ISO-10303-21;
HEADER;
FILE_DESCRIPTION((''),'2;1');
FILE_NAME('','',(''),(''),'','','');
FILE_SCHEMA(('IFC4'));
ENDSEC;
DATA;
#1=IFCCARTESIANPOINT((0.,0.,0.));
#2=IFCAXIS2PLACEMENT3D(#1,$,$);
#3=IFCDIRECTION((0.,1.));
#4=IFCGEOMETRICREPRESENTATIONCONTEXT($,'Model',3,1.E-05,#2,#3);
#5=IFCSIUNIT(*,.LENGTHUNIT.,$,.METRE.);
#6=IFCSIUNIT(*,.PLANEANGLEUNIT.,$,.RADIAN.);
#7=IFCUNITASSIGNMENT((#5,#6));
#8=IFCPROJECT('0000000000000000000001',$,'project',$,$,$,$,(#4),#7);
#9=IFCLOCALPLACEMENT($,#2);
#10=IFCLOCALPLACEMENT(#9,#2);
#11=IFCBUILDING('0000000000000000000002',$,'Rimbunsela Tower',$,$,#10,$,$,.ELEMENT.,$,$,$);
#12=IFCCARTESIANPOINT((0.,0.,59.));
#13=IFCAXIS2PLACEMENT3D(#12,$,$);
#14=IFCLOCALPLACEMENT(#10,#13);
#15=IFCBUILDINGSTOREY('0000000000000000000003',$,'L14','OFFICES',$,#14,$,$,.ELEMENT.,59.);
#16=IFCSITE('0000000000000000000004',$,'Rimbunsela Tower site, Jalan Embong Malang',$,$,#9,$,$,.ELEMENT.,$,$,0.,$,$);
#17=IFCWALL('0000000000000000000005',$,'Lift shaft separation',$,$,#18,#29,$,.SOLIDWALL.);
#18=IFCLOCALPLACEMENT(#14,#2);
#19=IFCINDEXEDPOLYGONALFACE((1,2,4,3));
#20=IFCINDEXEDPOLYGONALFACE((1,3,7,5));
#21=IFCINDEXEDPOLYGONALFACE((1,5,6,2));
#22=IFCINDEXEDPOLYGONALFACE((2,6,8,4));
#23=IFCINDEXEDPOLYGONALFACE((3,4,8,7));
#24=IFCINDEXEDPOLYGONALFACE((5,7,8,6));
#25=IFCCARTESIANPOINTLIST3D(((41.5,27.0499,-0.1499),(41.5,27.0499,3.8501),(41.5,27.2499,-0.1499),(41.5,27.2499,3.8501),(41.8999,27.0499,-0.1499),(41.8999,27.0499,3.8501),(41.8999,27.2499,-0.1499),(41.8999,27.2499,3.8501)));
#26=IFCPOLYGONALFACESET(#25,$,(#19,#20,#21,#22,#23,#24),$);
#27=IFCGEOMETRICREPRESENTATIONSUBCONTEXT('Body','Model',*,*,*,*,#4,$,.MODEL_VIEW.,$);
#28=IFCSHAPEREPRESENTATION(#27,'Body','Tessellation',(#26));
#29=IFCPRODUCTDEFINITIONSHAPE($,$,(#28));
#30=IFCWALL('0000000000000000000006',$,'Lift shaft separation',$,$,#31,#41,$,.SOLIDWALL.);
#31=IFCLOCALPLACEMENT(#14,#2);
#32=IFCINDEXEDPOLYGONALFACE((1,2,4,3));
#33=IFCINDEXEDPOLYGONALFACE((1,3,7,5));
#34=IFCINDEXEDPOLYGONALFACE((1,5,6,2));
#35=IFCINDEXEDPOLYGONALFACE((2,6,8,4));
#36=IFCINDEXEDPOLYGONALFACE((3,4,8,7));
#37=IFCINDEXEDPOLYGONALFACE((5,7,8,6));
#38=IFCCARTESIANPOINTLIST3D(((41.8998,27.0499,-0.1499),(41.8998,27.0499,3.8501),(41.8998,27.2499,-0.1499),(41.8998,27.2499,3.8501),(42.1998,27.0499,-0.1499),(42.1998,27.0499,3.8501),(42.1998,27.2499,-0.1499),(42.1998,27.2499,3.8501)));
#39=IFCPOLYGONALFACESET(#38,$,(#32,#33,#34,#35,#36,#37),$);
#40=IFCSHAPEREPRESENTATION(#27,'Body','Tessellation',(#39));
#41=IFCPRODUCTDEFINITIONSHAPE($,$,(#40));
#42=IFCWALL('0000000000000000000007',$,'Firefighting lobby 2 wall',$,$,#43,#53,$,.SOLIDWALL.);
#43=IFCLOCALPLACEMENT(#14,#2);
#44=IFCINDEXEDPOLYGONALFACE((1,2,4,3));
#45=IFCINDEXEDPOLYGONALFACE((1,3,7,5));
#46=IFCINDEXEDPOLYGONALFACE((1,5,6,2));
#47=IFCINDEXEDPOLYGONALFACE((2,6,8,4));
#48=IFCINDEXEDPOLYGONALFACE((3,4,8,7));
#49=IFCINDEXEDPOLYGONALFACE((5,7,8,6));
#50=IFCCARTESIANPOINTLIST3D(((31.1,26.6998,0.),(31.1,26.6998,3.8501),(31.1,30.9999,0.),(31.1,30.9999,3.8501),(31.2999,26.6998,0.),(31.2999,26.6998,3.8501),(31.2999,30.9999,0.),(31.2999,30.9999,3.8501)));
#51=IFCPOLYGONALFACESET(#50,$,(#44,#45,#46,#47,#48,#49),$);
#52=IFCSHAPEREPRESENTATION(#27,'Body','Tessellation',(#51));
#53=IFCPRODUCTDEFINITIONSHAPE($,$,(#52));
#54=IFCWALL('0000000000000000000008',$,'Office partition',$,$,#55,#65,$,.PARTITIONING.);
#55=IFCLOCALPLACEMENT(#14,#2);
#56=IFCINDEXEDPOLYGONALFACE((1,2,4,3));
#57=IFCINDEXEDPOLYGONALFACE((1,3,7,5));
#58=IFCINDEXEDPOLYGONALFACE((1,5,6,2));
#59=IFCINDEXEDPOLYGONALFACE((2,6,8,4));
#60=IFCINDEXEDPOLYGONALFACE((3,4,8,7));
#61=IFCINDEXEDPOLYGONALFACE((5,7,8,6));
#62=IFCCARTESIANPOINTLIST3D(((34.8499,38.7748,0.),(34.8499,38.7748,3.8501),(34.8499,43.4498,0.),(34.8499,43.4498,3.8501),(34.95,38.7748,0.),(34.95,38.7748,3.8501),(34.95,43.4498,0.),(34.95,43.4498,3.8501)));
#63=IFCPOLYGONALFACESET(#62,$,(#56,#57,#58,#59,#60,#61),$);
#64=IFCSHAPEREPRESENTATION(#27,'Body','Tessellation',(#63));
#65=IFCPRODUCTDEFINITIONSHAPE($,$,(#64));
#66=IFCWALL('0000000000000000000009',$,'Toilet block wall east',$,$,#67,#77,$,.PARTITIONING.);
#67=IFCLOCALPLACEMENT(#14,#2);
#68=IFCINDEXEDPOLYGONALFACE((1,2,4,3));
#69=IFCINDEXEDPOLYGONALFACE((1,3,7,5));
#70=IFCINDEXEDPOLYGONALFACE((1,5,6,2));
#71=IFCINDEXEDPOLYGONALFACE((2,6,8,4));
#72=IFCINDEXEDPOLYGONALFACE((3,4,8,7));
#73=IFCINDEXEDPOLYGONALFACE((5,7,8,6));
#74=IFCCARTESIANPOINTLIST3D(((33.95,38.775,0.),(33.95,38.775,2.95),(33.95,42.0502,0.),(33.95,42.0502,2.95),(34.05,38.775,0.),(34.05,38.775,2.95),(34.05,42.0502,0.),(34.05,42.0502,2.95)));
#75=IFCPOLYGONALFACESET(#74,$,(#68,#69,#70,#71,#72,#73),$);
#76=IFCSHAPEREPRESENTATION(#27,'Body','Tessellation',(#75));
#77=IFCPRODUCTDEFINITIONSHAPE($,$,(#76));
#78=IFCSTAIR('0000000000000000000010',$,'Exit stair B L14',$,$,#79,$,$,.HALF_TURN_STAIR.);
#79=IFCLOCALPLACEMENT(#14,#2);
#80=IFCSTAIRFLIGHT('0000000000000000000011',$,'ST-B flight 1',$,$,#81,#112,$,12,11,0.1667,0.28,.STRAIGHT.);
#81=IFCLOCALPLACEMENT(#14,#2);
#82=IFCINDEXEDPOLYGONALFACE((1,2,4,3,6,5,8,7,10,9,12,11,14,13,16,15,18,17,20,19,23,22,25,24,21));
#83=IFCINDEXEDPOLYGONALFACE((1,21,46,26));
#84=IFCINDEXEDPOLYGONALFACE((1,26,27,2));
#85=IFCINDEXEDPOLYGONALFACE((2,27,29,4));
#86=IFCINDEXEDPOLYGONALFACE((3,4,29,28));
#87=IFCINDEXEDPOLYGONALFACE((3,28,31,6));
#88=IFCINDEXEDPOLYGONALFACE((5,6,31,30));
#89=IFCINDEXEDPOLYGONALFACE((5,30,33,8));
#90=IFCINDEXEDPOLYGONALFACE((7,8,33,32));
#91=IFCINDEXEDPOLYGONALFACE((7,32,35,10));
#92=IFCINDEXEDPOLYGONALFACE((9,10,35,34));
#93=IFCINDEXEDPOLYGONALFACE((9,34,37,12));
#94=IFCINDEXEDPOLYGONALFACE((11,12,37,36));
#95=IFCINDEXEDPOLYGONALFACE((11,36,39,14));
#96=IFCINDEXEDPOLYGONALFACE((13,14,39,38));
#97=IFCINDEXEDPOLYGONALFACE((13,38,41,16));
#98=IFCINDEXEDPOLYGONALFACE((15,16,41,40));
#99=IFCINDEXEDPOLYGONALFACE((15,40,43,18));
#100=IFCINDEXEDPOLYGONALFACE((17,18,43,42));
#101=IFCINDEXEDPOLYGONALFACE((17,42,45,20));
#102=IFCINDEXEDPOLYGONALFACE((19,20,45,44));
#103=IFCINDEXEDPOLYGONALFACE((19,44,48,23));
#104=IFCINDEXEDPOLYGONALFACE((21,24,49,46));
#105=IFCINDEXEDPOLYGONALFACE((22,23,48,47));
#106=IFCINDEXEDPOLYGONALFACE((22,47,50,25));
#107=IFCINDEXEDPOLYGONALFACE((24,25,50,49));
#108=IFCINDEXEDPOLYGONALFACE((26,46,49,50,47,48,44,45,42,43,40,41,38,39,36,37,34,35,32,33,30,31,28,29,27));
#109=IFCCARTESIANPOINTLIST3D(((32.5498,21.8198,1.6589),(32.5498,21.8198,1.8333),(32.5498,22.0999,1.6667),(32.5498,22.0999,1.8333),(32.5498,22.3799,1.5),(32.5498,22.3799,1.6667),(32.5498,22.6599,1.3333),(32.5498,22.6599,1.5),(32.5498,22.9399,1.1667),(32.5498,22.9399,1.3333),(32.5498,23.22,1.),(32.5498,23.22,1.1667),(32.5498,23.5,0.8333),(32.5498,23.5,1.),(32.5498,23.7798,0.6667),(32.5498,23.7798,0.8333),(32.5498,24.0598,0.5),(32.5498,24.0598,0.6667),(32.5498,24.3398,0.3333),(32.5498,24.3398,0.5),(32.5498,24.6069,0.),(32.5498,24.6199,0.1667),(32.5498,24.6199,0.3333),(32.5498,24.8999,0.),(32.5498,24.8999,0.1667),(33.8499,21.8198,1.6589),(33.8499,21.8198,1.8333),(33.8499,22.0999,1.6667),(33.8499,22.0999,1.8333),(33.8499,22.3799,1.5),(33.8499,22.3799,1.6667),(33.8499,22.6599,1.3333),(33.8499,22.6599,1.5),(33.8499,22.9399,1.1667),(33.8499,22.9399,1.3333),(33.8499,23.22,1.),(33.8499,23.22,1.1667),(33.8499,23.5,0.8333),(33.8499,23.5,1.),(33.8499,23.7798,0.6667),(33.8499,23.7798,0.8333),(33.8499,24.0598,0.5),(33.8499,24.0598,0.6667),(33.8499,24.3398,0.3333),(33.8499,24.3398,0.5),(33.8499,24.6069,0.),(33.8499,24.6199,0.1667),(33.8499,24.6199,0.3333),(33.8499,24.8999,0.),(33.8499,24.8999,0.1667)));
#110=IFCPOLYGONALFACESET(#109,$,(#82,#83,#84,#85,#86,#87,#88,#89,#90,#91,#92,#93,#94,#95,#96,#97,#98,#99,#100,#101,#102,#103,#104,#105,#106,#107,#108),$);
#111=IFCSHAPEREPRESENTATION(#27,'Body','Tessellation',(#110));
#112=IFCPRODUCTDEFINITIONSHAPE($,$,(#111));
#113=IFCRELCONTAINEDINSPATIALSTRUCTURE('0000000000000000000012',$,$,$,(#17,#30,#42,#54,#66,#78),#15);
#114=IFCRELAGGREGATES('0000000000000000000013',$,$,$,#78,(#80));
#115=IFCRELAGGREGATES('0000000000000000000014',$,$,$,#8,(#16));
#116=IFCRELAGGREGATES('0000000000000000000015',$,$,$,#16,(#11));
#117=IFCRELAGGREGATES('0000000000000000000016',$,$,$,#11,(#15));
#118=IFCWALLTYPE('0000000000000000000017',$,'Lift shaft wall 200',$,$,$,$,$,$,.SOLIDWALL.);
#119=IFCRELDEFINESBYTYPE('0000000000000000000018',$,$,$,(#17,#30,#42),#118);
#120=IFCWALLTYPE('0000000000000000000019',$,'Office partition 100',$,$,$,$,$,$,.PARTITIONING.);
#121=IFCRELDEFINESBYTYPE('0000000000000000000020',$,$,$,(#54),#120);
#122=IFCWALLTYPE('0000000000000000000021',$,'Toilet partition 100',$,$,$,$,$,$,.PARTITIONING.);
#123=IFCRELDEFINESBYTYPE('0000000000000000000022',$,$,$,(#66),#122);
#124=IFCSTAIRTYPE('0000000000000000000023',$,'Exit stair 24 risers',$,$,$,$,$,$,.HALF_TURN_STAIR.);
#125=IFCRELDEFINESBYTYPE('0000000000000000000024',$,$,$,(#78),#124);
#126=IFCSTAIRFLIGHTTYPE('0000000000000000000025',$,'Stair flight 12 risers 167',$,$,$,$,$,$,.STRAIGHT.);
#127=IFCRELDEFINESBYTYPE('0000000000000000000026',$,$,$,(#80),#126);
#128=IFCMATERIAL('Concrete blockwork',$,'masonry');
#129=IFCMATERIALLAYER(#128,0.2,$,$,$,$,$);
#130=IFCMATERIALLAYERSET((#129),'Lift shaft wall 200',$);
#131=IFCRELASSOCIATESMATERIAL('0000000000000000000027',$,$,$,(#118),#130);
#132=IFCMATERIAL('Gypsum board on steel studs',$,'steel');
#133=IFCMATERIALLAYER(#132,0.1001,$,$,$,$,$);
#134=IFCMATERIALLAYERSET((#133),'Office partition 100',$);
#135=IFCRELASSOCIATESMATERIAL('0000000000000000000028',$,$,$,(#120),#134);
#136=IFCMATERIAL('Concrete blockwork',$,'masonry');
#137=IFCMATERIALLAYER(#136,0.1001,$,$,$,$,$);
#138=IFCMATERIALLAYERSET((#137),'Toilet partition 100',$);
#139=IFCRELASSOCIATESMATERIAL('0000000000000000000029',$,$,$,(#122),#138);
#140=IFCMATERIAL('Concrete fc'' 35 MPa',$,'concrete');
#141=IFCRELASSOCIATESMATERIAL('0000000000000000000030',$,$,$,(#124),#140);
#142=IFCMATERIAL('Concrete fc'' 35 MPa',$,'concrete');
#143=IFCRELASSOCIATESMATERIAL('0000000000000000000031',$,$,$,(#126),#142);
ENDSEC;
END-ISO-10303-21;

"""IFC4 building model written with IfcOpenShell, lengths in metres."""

from ifc_helpers import new_model, si_unit, direction, frame, frame_2d, origin, place, context, subcontext, project, spatial, polyline, rectangle, outline, extrude, material, layer, layer_set, type_object, element, aggregate, save


model = new_model("IFC4")

# Units and contexts
model_context = context("Model", 3, precision=1e-05, world=origin(), true_north=direction((0.0, 1.0)))
body_context = subcontext(model_context, "Body", "Model", "MODEL_VIEW")
ifc_project = project(units=[si_unit("LENGTHUNIT", "METRE"), si_unit("PLANEANGLEUNIT", "RADIAN")], contexts=[model_context])

# Site, building, storey
site_placement = place(None, origin())
site = spatial("IfcSite", under=ifc_project, at=site_placement, Name="Rimbunsela Tower site, Jalan Embong Malang", CompositionType="ELEMENT", RefElevation=0.0)
building_placement = place(site_placement, origin())
building = spatial("IfcBuilding", under=site, at=building_placement, Name="Rimbunsela Tower", CompositionType="ELEMENT")
storey_placement = place(building_placement, frame((0.0, 0.0, 59.0)))
storey = spatial("IfcBuildingStorey", under=building, at=storey_placement, Name="L14", Description="OFFICES", CompositionType="ELEMENT", Elevation=59.0)

# Walls
ifc_material_1 = material(Name="Concrete blockwork", Category="masonry")
ifc_layer_1 = layer(ifc_material_1, 0.2)
ifc_layer_set_1 = layer_set([ifc_layer_1], Name="Lift shaft wall 200")
wall_type_1 = type_object("IfcWallType", Name="Lift shaft wall 200", PredefinedType="SOLIDWALL", material=ifc_layer_set_1)
wall_1_placement = place(storey_placement, frame((41.5, 27.1499, -0.1499), z_axis=(0.0, 0.0, 1.0), x_axis=(1.0, 0.0, 0.0)))
element("IfcWall", 1, at=wall_1_placement, inside=storey, type_object=wall_type_1, Name="Lift shaft separation", PredefinedType="SOLIDWALL", context=body_context, shape_type="SweptSolid", body=[
    extrude(rectangle(XDim=0.3999, YDim=0.2, at=frame_2d((0.2, 0.0))), origin(), (0.0, 0.0, 1.0), 4.0),
])
wall_2_placement = place(storey_placement, frame((41.8999, 27.1499, -0.1499), z_axis=(0.0, 0.0, 1.0), x_axis=(1.0, 0.0, 0.0)))
element("IfcWall", 2, at=wall_2_placement, inside=storey, type_object=wall_type_1, Name="Lift shaft separation", PredefinedType="SOLIDWALL", context=body_context, shape_type="SweptSolid", body=[
    extrude(rectangle(XDim=0.3, YDim=0.2, at=frame_2d((0.1499, 0.0))), origin(), (0.0, 0.0, 1.0), 4.0),
])
wall_3_placement = place(storey_placement, frame((31.2, 26.7, 0.0), z_axis=(0.0, 0.0, 1.0), x_axis=(0.0, 1.0, 0.0)))
element("IfcWall", 3, at=wall_3_placement, inside=storey, type_object=wall_type_1, Name="Firefighting lobby 2 wall", PredefinedType="SOLIDWALL", context=body_context, shape_type="SweptSolid", body=[
    extrude(rectangle(XDim=4.3, YDim=0.2, at=frame_2d((2.1499, 0.0))), origin(), (0.0, 0.0, 1.0), 3.8501),
])
ifc_material_2 = material(Name="Gypsum board on steel studs", Category="steel")
ifc_layer_2 = layer(ifc_material_2, 0.1001)
ifc_layer_set_2 = layer_set([ifc_layer_2], Name="Office partition 100")
wall_type_2 = type_object("IfcWallType", Name="Office partition 100", PredefinedType="PARTITIONING", material=ifc_layer_set_2)
wall_4_placement = place(storey_placement, frame((34.8999, 38.7749, 0.0), z_axis=(0.0, 0.0, 1.0), x_axis=(0.0, 1.0, 0.0)))
element("IfcWall", 4, at=wall_4_placement, inside=storey, type_object=wall_type_2, Name="Office partition", PredefinedType="PARTITIONING", context=body_context, shape_type="SweptSolid", body=[
    extrude(rectangle(XDim=4.675, YDim=0.1001, at=frame_2d((2.3374, 0.0))), origin(), (0.0, 0.0, 1.0), 3.8501),
])
ifc_material_3 = material(Name="Concrete blockwork", Category="masonry")
ifc_layer_3 = layer(ifc_material_3, 0.1001)
ifc_layer_set_3 = layer_set([ifc_layer_3], Name="Toilet partition 100")
wall_type_3 = type_object("IfcWallType", Name="Toilet partition 100", PredefinedType="PARTITIONING", material=ifc_layer_set_3)
wall_5_placement = place(storey_placement, frame((34.0, 38.7749, 0.0), z_axis=(0.0, 0.0, 1.0), x_axis=(0.0, 1.0, 0.0)))
element("IfcWall", 5, at=wall_5_placement, inside=storey, type_object=wall_type_3, Name="Toilet block wall east", PredefinedType="PARTITIONING", context=body_context, shape_type="SweptSolid", body=[
    extrude(rectangle(XDim=3.2751, YDim=0.1001, at=frame_2d((1.6377, 0.0))), origin(), (0.0, 0.0, 1.0), 2.95),
])

# Stair, stair flight
ifc_material_4 = material(Name="Concrete fc' 35 MPa", Category="concrete")
stair_type = type_object("IfcStairType", Name="Exit stair 24 risers", PredefinedType="HALF_TURN_STAIR", material=ifc_material_4)
stair_placement = place(storey_placement, origin())
stair = element("IfcStair", 6, at=stair_placement, inside=storey, type_object=stair_type, Name="Exit stair B L14", PredefinedType="HALF_TURN_STAIR")
ifc_material_5 = material(Name="Concrete fc' 35 MPa", Category="concrete")
stair_flight_type = type_object("IfcStairFlightType", Name="Stair flight 12 risers 167", PredefinedType="STRAIGHT", material=ifc_material_5)
stair_flight_placement = place(storey_placement, frame((33.2, 24.8999, 0.0), z_axis=(0.0, 0.0, 1.0), x_axis=(0.0, -1.0, 0.0)))
stair_flight = element("IfcStairFlight", 7, at=stair_flight_placement, type_object=stair_flight_type, Name="ST-B flight 1", NumberOfRisers=12, NumberOfTreads=11, PredefinedType="STRAIGHT", RiserHeight=0.1667, TreadLength=0.28, context=body_context, shape_type="SweptSolid", body=[
    extrude(outline(polyline([(0.0, 0.0), (0.0, 0.1667), (0.28, 0.1667), (0.28, 0.3333), (0.5601, 0.3333), (0.5601, 0.5), (0.8401, 0.5), (0.8401, 0.6667), (1.1201, 0.6667), (1.1201, 0.8333), (1.3999, 0.8333), (1.3999, 1.0), (1.6799, 1.0), (1.6799, 1.1667), (1.96, 1.1667), (1.96, 1.3333), (2.24, 1.3333), (2.24, 1.5), (2.52, 1.5), (2.52, 1.6667), (2.8, 1.6667), (2.8, 1.8333), (3.0801, 1.8333), (3.0801, 2.0), (3.0801, 1.6589), (0.293, 0.0), (0.0, 0.0)])), frame((0.0, 0.6499, 0.0), z_axis=(0.0, -1.0, 0.0), x_axis=(1.0, 0.0, 0.0)), (0.0, 0.0, 1.0), 1.3),
])
aggregate(stair, [stair_flight])

save(model, "model.ifc")
